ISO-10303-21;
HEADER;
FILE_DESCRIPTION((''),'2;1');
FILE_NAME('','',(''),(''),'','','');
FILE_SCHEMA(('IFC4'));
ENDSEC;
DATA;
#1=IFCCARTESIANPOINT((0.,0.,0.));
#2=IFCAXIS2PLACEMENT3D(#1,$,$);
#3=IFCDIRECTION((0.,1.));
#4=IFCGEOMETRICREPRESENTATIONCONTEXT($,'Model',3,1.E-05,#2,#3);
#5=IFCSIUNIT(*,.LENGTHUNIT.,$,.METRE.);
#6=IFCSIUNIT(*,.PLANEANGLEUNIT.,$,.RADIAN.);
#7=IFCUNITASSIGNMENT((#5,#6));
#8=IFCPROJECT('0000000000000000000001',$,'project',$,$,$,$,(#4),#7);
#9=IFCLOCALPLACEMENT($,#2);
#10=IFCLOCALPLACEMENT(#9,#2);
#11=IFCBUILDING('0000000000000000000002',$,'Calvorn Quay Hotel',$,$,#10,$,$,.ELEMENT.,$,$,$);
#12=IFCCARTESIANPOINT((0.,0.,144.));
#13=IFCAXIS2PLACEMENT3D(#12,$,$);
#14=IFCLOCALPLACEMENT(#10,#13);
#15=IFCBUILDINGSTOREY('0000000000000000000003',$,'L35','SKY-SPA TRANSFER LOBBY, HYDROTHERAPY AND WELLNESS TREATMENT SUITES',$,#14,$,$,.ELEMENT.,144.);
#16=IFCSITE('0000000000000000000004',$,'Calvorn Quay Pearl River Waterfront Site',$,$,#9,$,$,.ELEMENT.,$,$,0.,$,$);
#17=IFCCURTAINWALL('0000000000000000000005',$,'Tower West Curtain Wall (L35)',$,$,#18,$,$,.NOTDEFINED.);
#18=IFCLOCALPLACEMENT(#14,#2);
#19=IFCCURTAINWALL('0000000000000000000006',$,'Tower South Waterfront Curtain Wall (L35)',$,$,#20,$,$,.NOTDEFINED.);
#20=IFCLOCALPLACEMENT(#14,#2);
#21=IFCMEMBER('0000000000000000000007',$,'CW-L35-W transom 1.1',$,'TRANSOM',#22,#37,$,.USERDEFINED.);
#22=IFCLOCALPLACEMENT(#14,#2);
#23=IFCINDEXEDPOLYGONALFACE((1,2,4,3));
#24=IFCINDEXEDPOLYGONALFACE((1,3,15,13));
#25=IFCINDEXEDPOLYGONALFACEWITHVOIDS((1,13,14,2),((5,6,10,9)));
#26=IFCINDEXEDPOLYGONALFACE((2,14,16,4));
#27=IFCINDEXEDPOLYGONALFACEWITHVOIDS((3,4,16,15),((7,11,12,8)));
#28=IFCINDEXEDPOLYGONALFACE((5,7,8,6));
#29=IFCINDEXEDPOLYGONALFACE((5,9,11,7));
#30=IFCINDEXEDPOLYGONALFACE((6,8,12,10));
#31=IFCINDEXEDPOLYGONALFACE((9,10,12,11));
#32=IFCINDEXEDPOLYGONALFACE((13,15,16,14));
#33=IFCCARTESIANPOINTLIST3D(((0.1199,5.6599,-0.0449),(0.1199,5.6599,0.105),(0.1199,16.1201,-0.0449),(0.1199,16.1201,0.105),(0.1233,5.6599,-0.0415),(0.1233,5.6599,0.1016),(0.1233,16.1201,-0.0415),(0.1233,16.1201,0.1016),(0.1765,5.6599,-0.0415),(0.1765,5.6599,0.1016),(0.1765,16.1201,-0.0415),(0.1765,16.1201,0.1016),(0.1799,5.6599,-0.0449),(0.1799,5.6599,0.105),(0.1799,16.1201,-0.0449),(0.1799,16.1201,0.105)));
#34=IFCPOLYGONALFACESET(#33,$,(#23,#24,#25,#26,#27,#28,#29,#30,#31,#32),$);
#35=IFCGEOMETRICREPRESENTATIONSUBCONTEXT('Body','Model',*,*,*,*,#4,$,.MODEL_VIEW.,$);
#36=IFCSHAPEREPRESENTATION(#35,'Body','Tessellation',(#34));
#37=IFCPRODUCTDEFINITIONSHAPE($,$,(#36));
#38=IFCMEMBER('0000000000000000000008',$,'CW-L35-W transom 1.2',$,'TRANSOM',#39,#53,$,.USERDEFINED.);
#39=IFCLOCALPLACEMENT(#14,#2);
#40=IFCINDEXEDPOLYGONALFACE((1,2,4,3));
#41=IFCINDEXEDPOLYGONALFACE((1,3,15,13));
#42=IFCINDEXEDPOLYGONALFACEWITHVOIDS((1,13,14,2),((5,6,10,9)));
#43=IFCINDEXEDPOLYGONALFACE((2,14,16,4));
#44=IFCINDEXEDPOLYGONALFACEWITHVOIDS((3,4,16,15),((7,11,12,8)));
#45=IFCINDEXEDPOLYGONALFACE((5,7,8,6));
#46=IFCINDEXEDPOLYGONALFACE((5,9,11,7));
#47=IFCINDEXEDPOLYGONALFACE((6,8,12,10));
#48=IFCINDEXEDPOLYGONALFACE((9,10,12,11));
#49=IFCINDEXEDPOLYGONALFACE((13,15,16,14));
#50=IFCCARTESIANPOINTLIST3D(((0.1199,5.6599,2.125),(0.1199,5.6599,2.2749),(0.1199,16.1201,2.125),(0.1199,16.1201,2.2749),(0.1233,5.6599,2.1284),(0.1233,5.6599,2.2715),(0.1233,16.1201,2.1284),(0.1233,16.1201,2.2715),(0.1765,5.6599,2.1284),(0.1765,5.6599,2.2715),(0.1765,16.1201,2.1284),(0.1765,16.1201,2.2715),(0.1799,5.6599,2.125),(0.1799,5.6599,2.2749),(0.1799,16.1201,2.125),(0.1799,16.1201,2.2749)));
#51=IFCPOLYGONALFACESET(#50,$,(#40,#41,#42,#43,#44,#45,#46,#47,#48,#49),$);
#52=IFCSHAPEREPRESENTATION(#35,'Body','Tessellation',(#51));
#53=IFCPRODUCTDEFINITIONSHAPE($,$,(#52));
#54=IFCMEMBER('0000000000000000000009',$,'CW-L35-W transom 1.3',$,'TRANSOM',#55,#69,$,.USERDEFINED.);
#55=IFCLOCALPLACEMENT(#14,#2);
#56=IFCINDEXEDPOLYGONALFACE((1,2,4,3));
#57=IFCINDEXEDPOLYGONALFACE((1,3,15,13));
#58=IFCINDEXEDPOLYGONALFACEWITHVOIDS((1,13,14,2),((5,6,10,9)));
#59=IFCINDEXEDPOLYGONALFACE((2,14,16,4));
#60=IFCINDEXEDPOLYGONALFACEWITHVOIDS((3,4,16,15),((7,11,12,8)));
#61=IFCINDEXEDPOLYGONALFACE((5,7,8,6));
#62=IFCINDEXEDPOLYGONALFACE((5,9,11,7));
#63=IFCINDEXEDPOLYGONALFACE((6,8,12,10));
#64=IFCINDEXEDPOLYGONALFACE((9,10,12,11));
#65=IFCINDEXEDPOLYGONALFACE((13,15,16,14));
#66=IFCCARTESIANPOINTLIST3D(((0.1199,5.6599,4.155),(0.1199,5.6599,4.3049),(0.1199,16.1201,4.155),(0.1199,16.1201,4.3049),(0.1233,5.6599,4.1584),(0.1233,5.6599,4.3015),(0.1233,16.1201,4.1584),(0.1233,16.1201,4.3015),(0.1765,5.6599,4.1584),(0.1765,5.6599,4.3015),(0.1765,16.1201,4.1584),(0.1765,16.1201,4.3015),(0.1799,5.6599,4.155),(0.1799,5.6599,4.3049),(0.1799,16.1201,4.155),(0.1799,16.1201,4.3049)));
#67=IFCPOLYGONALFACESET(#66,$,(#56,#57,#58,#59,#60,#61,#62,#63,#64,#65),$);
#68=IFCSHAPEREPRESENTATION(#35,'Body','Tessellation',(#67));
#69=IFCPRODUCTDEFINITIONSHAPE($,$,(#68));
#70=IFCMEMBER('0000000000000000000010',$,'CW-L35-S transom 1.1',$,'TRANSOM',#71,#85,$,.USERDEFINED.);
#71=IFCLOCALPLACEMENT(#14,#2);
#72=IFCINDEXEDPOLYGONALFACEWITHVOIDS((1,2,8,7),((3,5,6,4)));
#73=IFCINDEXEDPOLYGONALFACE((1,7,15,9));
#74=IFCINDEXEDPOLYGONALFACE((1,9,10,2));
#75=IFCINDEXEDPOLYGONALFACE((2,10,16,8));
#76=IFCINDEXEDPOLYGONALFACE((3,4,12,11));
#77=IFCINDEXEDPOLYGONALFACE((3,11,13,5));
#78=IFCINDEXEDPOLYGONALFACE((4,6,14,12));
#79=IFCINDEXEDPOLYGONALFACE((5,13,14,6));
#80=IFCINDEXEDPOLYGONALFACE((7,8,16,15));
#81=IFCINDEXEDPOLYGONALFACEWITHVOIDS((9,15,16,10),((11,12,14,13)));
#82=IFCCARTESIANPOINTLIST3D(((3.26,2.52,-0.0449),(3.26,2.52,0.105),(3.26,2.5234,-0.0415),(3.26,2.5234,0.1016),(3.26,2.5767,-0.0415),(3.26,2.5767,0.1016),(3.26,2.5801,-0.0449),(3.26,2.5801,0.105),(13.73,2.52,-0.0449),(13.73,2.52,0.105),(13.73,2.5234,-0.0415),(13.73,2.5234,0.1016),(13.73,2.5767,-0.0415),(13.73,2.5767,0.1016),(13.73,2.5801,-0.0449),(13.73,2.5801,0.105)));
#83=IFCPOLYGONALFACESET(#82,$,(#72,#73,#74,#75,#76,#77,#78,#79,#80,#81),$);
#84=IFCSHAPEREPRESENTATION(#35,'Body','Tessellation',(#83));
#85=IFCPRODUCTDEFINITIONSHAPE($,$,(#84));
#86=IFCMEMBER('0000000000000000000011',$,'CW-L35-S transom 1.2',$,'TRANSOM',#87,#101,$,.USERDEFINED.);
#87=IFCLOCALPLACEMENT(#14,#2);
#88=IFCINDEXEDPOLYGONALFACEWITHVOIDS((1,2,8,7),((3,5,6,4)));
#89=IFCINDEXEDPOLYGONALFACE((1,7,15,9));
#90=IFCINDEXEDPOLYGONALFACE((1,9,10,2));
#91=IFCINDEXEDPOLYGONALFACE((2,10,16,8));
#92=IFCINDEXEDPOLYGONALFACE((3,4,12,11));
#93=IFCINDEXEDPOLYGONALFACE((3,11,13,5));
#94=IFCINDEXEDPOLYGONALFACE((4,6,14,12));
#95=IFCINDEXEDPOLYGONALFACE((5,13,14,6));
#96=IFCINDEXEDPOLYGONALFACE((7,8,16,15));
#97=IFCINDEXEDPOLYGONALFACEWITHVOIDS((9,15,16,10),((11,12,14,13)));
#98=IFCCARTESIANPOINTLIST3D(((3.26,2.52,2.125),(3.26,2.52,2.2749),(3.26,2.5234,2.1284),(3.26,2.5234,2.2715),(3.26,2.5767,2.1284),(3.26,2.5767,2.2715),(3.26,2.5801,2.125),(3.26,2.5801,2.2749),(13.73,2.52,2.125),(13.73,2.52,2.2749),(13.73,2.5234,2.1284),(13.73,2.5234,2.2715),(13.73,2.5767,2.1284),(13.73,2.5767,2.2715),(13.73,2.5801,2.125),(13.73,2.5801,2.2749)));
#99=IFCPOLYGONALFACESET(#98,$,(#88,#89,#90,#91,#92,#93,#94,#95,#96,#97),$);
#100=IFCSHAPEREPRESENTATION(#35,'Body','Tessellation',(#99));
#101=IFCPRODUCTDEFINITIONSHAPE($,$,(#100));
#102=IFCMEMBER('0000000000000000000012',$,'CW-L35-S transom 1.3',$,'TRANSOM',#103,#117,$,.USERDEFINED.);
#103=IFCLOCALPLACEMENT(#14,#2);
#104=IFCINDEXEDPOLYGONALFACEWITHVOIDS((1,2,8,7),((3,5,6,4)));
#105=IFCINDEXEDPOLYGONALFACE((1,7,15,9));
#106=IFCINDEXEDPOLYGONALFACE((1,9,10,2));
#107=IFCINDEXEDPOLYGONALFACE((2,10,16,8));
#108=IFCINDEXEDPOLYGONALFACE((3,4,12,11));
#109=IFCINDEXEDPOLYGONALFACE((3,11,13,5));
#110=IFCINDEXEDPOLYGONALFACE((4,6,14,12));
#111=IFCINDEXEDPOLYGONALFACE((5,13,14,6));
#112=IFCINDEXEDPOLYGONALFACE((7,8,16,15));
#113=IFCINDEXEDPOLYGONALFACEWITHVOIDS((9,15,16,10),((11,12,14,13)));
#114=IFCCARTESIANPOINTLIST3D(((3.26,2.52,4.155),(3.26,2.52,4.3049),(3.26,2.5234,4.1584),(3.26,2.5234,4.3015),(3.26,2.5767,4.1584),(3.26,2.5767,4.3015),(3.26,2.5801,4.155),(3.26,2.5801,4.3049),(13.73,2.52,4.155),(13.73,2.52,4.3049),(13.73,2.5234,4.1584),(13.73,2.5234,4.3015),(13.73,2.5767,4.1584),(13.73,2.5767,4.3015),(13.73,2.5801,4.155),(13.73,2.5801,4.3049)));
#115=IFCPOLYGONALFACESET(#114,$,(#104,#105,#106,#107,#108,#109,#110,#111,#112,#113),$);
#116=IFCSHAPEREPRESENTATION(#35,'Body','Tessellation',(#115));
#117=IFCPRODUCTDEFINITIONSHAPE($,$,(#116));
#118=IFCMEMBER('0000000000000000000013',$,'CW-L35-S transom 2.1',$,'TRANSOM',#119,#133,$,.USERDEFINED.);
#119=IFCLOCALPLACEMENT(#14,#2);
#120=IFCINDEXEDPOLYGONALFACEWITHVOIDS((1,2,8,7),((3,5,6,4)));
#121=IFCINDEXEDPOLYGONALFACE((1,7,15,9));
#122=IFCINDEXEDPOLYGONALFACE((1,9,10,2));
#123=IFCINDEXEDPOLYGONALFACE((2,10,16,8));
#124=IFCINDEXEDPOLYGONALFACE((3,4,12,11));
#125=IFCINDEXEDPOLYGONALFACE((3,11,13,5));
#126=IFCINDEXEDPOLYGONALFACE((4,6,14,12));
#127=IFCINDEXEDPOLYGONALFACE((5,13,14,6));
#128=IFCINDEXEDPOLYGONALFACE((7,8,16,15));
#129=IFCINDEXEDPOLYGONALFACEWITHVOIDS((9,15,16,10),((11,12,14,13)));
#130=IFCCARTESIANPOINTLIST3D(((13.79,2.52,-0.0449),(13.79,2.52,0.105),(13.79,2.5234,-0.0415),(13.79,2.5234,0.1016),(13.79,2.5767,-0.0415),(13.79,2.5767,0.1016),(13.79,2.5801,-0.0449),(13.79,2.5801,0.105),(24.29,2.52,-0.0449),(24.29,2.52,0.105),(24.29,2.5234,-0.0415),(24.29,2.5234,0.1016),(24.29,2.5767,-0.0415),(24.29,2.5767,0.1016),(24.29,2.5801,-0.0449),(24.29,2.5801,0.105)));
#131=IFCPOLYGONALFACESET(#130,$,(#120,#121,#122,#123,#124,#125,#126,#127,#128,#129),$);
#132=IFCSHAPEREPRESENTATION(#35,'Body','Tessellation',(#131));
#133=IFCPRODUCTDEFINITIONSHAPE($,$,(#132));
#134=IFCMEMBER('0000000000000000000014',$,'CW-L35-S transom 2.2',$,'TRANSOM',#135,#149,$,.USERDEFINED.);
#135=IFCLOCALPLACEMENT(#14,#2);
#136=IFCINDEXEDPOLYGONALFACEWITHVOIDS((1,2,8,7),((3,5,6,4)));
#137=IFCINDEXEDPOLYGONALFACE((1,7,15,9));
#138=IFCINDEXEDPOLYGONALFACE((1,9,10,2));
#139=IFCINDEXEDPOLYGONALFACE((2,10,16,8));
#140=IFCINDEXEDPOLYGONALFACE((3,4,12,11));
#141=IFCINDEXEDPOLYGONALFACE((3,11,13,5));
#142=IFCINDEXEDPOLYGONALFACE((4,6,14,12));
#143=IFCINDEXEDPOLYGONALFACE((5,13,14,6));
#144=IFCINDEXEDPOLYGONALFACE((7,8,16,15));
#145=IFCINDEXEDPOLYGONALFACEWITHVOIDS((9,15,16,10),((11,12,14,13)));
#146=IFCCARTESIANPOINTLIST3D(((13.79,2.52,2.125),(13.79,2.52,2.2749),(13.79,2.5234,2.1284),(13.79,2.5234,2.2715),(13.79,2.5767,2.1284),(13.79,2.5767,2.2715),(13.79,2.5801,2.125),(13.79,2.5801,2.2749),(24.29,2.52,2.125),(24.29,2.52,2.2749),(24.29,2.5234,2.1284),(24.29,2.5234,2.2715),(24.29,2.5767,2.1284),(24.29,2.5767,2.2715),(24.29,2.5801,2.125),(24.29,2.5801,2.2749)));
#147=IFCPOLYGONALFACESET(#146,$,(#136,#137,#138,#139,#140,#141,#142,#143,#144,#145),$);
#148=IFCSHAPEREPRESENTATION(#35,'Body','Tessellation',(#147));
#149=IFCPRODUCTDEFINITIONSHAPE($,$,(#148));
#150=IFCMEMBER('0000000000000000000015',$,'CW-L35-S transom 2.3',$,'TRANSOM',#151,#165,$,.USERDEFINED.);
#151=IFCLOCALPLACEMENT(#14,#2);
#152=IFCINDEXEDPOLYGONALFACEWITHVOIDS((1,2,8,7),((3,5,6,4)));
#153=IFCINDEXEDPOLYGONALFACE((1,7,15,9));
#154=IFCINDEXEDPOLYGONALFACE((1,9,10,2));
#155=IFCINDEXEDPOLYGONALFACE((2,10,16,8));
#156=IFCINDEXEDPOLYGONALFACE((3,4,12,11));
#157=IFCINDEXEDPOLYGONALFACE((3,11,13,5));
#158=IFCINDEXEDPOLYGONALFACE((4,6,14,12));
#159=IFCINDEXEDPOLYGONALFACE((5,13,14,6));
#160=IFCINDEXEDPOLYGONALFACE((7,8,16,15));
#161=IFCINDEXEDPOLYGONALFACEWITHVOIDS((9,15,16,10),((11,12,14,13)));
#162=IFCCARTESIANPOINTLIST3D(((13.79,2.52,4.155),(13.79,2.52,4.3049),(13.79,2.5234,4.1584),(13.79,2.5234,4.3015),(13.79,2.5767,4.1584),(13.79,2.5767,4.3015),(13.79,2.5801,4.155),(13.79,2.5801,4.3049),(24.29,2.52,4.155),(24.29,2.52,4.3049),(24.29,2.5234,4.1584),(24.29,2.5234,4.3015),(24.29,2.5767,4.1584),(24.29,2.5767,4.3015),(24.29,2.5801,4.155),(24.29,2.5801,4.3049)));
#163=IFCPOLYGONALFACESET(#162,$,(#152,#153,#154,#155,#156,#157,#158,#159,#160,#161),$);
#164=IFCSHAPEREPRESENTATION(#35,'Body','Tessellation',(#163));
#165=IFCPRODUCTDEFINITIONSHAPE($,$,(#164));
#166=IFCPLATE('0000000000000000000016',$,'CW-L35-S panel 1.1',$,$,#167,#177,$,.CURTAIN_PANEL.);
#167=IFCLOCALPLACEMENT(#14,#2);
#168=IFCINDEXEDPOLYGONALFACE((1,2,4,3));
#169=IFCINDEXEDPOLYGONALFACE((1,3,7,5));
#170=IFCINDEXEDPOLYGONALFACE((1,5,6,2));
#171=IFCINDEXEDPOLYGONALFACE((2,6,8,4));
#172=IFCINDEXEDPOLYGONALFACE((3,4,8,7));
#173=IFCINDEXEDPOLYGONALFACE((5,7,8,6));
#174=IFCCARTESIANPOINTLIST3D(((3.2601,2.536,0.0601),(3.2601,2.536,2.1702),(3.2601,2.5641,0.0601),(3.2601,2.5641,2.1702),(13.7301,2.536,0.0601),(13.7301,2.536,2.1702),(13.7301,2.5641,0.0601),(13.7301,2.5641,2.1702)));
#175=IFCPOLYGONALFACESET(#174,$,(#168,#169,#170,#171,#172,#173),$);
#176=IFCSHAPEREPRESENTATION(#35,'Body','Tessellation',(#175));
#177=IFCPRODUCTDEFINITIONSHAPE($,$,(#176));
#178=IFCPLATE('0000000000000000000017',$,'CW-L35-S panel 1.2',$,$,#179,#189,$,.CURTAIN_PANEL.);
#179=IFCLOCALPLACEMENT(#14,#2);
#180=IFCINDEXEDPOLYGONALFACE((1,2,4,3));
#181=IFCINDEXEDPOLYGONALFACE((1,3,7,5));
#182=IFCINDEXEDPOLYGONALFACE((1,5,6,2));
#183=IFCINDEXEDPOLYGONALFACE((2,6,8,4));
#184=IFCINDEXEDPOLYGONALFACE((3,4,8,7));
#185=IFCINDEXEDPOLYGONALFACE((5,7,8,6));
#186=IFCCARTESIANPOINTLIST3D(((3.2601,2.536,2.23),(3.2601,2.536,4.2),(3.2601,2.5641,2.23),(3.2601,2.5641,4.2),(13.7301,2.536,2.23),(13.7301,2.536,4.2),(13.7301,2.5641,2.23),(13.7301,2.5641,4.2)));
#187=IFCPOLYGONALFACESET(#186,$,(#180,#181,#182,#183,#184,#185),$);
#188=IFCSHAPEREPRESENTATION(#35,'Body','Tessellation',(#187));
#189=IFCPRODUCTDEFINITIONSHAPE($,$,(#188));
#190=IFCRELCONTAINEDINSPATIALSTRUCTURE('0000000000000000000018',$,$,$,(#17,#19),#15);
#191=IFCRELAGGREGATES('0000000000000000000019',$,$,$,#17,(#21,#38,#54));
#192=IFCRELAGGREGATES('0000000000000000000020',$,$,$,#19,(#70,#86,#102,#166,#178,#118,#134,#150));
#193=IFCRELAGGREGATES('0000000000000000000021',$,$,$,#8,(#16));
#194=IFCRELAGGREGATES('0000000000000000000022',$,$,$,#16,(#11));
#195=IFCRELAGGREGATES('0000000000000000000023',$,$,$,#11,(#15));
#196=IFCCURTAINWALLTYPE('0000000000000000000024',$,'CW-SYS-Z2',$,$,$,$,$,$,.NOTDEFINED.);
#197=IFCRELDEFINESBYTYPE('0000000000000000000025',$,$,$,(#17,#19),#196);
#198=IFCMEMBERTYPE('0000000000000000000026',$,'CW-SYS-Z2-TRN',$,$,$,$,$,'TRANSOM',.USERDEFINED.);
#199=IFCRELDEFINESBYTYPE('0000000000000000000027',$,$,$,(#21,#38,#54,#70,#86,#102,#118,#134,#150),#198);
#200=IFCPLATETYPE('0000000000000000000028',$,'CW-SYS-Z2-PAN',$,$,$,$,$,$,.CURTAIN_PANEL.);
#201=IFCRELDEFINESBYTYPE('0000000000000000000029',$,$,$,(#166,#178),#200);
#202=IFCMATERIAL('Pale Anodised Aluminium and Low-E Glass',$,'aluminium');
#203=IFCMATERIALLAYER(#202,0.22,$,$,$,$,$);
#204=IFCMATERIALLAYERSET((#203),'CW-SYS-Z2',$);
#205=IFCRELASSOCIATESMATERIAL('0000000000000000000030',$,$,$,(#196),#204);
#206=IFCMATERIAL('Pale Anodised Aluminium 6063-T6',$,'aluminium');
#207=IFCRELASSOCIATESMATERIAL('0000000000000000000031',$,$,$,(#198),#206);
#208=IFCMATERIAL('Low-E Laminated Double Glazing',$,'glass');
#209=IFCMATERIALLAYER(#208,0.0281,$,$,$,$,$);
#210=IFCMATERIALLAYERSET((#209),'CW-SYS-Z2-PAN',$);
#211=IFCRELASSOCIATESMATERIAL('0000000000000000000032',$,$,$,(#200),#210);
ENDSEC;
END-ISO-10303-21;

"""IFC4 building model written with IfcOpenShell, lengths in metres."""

from ifc_helpers import new_model, si_unit, direction, frame, origin, origin_2d, place, context, subcontext, project, spatial, rectangle, hollow_rectangle, extrude, material, layer, layer_set, material_profile, profile_set, type_object, element, aggregate, save


model = new_model("IFC4")

# Units and contexts
model_context = context("Model", 3, precision=1e-05, world=origin(), true_north=direction((0.0, 1.0)))
body_context = subcontext(model_context, "Body", "Model", "MODEL_VIEW")
ifc_project = project(units=[si_unit("LENGTHUNIT", "METRE"), si_unit("PLANEANGLEUNIT", "RADIAN")], contexts=[model_context])

# Site, building, storey
site_placement = place(None, origin())
site = spatial("IfcSite", under=ifc_project, at=site_placement, Name="Calvorn Quay Pearl River Waterfront Site", CompositionType="ELEMENT", RefElevation=0.0)
building_placement = place(site_placement, origin())
building = spatial("IfcBuilding", under=site, at=building_placement, Name="Calvorn Quay Hotel", CompositionType="ELEMENT")
storey_placement = place(building_placement, frame((0.0, 0.0, 144.0)))
storey = spatial("IfcBuildingStorey", under=building, at=storey_placement, Name="L35", Description="SKY-SPA TRANSFER LOBBY, HYDROTHERAPY AND WELLNESS TREATMENT SUITES", CompositionType="ELEMENT", Elevation=144.0)

# Curtain wall
ifc_material_1 = material(Name="Pale Anodised Aluminium and Low-E Glass", Category="aluminium")
ifc_layer_1 = layer(ifc_material_1, 0.22)
ifc_layer_set_1 = layer_set([ifc_layer_1], Name="CW-SYS-Z2")
curtain_wall_type = type_object("IfcCurtainWallType", Name="CW-SYS-Z2", PredefinedType="NOTDEFINED", material=ifc_layer_set_1)
curtain_wall_1_placement = place(storey_placement, origin())
curtain_wall_1 = element("IfcCurtainWall", 1, at=curtain_wall_1_placement, inside=storey, type_object=curtain_wall_type, Name="Tower West Curtain Wall (L35)", PredefinedType="NOTDEFINED")

# Curtain wall
curtain_wall_2_placement = place(storey_placement, origin())
curtain_wall_2 = element("IfcCurtainWall", 2, at=curtain_wall_2_placement, inside=storey, type_object=curtain_wall_type, Name="Tower South Waterfront Curtain Wall (L35)", PredefinedType="NOTDEFINED")

# Members
ifc_material_2 = material(Name="Pale Anodised Aluminium 6063-T6", Category="aluminium")
ifc_material_profile_1 = material_profile(ifc_material_2, hollow_rectangle(XDim=0.0601, YDim=0.1499, WallThickness=0.0034, at=origin_2d()), Name="ALU-T150x60x3.5")
ifc_profile_set_1 = profile_set([ifc_material_profile_1], Name="Pale Anodised Aluminium 6063-T6")
member_type_1 = type_object("IfcMemberType", Name="CW-SYS-Z2-TRN", ElementType="TRANSOM", PredefinedType="USERDEFINED", material=ifc_profile_set_1)
member_1_placement = place(storey_placement, frame((0.1499, 5.6599, 0.03), z_axis=(0.0, 1.0, 0.0), x_axis=(-1.0, 0.0, 0.0)))
member_1 = element("IfcMember", 3, at=member_1_placement, type_object=member_type_1, Name="CW-L35-W transom 1.1", ObjectType="TRANSOM", PredefinedType="USERDEFINED", context=body_context, shape_type="SweptSolid", body=[
    extrude(hollow_rectangle(XDim=0.0601, YDim=0.1499, WallThickness=0.0034, at=origin_2d()), origin(), (0.0, 0.0, 1.0), 10.4602),
])
member_2_placement = place(storey_placement, frame((0.1499, 5.6599, 2.2), z_axis=(0.0, 1.0, 0.0), x_axis=(-1.0, 0.0, 0.0)))
member_2 = element("IfcMember", 4, at=member_2_placement, type_object=member_type_1, Name="CW-L35-W transom 1.2", ObjectType="TRANSOM", PredefinedType="USERDEFINED", context=body_context, shape_type="SweptSolid", body=[
    extrude(hollow_rectangle(XDim=0.0601, YDim=0.1499, WallThickness=0.0034, at=origin_2d()), origin(), (0.0, 0.0, 1.0), 10.4602),
])
member_3_placement = place(storey_placement, frame((0.1499, 5.6599, 4.23), z_axis=(0.0, 1.0, 0.0), x_axis=(-1.0, 0.0, 0.0)))
member_3 = element("IfcMember", 5, at=member_3_placement, type_object=member_type_1, Name="CW-L35-W transom 1.3", ObjectType="TRANSOM", PredefinedType="USERDEFINED", context=body_context, shape_type="SweptSolid", body=[
    extrude(hollow_rectangle(XDim=0.0601, YDim=0.1499, WallThickness=0.0034, at=origin_2d()), origin(), (0.0, 0.0, 1.0), 10.4602),
])
aggregate(curtain_wall_1, [member_1, member_2, member_3])
member_4_placement = place(storey_placement, frame((3.26, 2.55, 0.03), z_axis=(1.0, 0.0, 0.0), x_axis=(0.0, 1.0, 0.0)))
member_4 = element("IfcMember", 6, at=member_4_placement, type_object=member_type_1, Name="CW-L35-S transom 1.1", ObjectType="TRANSOM", PredefinedType="USERDEFINED", context=body_context, shape_type="SweptSolid", body=[
    extrude(hollow_rectangle(XDim=0.0601, YDim=0.1499, WallThickness=0.0034, at=origin_2d()), origin(), (0.0, 0.0, 1.0), 10.47),
])
member_5_placement = place(storey_placement, frame((3.26, 2.55, 2.2), z_axis=(1.0, 0.0, 0.0), x_axis=(0.0, 1.0, 0.0)))
member_5 = element("IfcMember", 7, at=member_5_placement, type_object=member_type_1, Name="CW-L35-S transom 1.2", ObjectType="TRANSOM", PredefinedType="USERDEFINED", context=body_context, shape_type="SweptSolid", body=[
    extrude(hollow_rectangle(XDim=0.0601, YDim=0.1499, WallThickness=0.0034, at=origin_2d()), origin(), (0.0, 0.0, 1.0), 10.47),
])
member_6_placement = place(storey_placement, frame((3.26, 2.55, 4.23), z_axis=(1.0, 0.0, 0.0), x_axis=(0.0, 1.0, 0.0)))
member_6 = element("IfcMember", 8, at=member_6_placement, type_object=member_type_1, Name="CW-L35-S transom 1.3", ObjectType="TRANSOM", PredefinedType="USERDEFINED", context=body_context, shape_type="SweptSolid", body=[
    extrude(hollow_rectangle(XDim=0.0601, YDim=0.1499, WallThickness=0.0034, at=origin_2d()), origin(), (0.0, 0.0, 1.0), 10.47),
])
member_7_placement = place(storey_placement, frame((13.79, 2.55, 0.03), z_axis=(1.0, 0.0, 0.0), x_axis=(0.0, 1.0, 0.0)))
member_7 = element("IfcMember", 9, at=member_7_placement, type_object=member_type_1, Name="CW-L35-S transom 2.1", ObjectType="TRANSOM", PredefinedType="USERDEFINED", context=body_context, shape_type="SweptSolid", body=[
    extrude(hollow_rectangle(XDim=0.0601, YDim=0.1499, WallThickness=0.0034, at=origin_2d()), origin(), (0.0, 0.0, 1.0), 10.5),
])
member_8_placement = place(storey_placement, frame((13.79, 2.55, 2.2), z_axis=(1.0, 0.0, 0.0), x_axis=(0.0, 1.0, 0.0)))
member_8 = element("IfcMember", 10, at=member_8_placement, type_object=member_type_1, Name="CW-L35-S transom 2.2", ObjectType="TRANSOM", PredefinedType="USERDEFINED", context=body_context, shape_type="SweptSolid", body=[
    extrude(hollow_rectangle(XDim=0.0601, YDim=0.1499, WallThickness=0.0034, at=origin_2d()), origin(), (0.0, 0.0, 1.0), 10.5),
])
member_9_placement = place(storey_placement, frame((13.79, 2.55, 4.23), z_axis=(1.0, 0.0, 0.0), x_axis=(0.0, 1.0, 0.0)))
member_9 = element("IfcMember", 11, at=member_9_placement, type_object=member_type_1, Name="CW-L35-S transom 2.3", ObjectType="TRANSOM", PredefinedType="USERDEFINED", context=body_context, shape_type="SweptSolid", body=[
    extrude(hollow_rectangle(XDim=0.0601, YDim=0.1499, WallThickness=0.0034, at=origin_2d()), origin(), (0.0, 0.0, 1.0), 10.5),
])

# Plates
ifc_material_3 = material(Name="Low-E Laminated Double Glazing", Category="glass")
ifc_layer_2 = layer(ifc_material_3, 0.0281)
ifc_layer_set_2 = layer_set([ifc_layer_2], Name="CW-SYS-Z2-PAN")
plate_type = type_object("IfcPlateType", Name="CW-SYS-Z2-PAN", PredefinedType="CURTAIN_PANEL", material=ifc_layer_set_2)
plate_1_placement = place(storey_placement, frame((8.4951, 2.55, 0.0601), z_axis=(0.0, 0.0, 1.0), x_axis=(1.0, 0.0, 0.0)))
plate_1 = element("IfcPlate", 12, at=plate_1_placement, type_object=plate_type, Name="CW-L35-S panel 1.1", PredefinedType="CURTAIN_PANEL", context=body_context, shape_type="SweptSolid", body=[
    extrude(rectangle(XDim=10.47, YDim=0.0281, at=origin_2d()), origin(), (0.0, 0.0, 1.0), 2.1101),
])
plate_2_placement = place(storey_placement, frame((8.4951, 2.55, 2.23), z_axis=(0.0, 0.0, 1.0), x_axis=(1.0, 0.0, 0.0)))
plate_2 = element("IfcPlate", 13, at=plate_2_placement, type_object=plate_type, Name="CW-L35-S panel 1.2", PredefinedType="CURTAIN_PANEL", context=body_context, shape_type="SweptSolid", body=[
    extrude(rectangle(XDim=10.47, YDim=0.0281, at=origin_2d()), origin(), (0.0, 0.0, 1.0), 1.97),
])
aggregate(curtain_wall_2, [member_4, member_5, member_6, plate_1, plate_2, member_7, member_8, member_9])

save(model, "model.ifc")
